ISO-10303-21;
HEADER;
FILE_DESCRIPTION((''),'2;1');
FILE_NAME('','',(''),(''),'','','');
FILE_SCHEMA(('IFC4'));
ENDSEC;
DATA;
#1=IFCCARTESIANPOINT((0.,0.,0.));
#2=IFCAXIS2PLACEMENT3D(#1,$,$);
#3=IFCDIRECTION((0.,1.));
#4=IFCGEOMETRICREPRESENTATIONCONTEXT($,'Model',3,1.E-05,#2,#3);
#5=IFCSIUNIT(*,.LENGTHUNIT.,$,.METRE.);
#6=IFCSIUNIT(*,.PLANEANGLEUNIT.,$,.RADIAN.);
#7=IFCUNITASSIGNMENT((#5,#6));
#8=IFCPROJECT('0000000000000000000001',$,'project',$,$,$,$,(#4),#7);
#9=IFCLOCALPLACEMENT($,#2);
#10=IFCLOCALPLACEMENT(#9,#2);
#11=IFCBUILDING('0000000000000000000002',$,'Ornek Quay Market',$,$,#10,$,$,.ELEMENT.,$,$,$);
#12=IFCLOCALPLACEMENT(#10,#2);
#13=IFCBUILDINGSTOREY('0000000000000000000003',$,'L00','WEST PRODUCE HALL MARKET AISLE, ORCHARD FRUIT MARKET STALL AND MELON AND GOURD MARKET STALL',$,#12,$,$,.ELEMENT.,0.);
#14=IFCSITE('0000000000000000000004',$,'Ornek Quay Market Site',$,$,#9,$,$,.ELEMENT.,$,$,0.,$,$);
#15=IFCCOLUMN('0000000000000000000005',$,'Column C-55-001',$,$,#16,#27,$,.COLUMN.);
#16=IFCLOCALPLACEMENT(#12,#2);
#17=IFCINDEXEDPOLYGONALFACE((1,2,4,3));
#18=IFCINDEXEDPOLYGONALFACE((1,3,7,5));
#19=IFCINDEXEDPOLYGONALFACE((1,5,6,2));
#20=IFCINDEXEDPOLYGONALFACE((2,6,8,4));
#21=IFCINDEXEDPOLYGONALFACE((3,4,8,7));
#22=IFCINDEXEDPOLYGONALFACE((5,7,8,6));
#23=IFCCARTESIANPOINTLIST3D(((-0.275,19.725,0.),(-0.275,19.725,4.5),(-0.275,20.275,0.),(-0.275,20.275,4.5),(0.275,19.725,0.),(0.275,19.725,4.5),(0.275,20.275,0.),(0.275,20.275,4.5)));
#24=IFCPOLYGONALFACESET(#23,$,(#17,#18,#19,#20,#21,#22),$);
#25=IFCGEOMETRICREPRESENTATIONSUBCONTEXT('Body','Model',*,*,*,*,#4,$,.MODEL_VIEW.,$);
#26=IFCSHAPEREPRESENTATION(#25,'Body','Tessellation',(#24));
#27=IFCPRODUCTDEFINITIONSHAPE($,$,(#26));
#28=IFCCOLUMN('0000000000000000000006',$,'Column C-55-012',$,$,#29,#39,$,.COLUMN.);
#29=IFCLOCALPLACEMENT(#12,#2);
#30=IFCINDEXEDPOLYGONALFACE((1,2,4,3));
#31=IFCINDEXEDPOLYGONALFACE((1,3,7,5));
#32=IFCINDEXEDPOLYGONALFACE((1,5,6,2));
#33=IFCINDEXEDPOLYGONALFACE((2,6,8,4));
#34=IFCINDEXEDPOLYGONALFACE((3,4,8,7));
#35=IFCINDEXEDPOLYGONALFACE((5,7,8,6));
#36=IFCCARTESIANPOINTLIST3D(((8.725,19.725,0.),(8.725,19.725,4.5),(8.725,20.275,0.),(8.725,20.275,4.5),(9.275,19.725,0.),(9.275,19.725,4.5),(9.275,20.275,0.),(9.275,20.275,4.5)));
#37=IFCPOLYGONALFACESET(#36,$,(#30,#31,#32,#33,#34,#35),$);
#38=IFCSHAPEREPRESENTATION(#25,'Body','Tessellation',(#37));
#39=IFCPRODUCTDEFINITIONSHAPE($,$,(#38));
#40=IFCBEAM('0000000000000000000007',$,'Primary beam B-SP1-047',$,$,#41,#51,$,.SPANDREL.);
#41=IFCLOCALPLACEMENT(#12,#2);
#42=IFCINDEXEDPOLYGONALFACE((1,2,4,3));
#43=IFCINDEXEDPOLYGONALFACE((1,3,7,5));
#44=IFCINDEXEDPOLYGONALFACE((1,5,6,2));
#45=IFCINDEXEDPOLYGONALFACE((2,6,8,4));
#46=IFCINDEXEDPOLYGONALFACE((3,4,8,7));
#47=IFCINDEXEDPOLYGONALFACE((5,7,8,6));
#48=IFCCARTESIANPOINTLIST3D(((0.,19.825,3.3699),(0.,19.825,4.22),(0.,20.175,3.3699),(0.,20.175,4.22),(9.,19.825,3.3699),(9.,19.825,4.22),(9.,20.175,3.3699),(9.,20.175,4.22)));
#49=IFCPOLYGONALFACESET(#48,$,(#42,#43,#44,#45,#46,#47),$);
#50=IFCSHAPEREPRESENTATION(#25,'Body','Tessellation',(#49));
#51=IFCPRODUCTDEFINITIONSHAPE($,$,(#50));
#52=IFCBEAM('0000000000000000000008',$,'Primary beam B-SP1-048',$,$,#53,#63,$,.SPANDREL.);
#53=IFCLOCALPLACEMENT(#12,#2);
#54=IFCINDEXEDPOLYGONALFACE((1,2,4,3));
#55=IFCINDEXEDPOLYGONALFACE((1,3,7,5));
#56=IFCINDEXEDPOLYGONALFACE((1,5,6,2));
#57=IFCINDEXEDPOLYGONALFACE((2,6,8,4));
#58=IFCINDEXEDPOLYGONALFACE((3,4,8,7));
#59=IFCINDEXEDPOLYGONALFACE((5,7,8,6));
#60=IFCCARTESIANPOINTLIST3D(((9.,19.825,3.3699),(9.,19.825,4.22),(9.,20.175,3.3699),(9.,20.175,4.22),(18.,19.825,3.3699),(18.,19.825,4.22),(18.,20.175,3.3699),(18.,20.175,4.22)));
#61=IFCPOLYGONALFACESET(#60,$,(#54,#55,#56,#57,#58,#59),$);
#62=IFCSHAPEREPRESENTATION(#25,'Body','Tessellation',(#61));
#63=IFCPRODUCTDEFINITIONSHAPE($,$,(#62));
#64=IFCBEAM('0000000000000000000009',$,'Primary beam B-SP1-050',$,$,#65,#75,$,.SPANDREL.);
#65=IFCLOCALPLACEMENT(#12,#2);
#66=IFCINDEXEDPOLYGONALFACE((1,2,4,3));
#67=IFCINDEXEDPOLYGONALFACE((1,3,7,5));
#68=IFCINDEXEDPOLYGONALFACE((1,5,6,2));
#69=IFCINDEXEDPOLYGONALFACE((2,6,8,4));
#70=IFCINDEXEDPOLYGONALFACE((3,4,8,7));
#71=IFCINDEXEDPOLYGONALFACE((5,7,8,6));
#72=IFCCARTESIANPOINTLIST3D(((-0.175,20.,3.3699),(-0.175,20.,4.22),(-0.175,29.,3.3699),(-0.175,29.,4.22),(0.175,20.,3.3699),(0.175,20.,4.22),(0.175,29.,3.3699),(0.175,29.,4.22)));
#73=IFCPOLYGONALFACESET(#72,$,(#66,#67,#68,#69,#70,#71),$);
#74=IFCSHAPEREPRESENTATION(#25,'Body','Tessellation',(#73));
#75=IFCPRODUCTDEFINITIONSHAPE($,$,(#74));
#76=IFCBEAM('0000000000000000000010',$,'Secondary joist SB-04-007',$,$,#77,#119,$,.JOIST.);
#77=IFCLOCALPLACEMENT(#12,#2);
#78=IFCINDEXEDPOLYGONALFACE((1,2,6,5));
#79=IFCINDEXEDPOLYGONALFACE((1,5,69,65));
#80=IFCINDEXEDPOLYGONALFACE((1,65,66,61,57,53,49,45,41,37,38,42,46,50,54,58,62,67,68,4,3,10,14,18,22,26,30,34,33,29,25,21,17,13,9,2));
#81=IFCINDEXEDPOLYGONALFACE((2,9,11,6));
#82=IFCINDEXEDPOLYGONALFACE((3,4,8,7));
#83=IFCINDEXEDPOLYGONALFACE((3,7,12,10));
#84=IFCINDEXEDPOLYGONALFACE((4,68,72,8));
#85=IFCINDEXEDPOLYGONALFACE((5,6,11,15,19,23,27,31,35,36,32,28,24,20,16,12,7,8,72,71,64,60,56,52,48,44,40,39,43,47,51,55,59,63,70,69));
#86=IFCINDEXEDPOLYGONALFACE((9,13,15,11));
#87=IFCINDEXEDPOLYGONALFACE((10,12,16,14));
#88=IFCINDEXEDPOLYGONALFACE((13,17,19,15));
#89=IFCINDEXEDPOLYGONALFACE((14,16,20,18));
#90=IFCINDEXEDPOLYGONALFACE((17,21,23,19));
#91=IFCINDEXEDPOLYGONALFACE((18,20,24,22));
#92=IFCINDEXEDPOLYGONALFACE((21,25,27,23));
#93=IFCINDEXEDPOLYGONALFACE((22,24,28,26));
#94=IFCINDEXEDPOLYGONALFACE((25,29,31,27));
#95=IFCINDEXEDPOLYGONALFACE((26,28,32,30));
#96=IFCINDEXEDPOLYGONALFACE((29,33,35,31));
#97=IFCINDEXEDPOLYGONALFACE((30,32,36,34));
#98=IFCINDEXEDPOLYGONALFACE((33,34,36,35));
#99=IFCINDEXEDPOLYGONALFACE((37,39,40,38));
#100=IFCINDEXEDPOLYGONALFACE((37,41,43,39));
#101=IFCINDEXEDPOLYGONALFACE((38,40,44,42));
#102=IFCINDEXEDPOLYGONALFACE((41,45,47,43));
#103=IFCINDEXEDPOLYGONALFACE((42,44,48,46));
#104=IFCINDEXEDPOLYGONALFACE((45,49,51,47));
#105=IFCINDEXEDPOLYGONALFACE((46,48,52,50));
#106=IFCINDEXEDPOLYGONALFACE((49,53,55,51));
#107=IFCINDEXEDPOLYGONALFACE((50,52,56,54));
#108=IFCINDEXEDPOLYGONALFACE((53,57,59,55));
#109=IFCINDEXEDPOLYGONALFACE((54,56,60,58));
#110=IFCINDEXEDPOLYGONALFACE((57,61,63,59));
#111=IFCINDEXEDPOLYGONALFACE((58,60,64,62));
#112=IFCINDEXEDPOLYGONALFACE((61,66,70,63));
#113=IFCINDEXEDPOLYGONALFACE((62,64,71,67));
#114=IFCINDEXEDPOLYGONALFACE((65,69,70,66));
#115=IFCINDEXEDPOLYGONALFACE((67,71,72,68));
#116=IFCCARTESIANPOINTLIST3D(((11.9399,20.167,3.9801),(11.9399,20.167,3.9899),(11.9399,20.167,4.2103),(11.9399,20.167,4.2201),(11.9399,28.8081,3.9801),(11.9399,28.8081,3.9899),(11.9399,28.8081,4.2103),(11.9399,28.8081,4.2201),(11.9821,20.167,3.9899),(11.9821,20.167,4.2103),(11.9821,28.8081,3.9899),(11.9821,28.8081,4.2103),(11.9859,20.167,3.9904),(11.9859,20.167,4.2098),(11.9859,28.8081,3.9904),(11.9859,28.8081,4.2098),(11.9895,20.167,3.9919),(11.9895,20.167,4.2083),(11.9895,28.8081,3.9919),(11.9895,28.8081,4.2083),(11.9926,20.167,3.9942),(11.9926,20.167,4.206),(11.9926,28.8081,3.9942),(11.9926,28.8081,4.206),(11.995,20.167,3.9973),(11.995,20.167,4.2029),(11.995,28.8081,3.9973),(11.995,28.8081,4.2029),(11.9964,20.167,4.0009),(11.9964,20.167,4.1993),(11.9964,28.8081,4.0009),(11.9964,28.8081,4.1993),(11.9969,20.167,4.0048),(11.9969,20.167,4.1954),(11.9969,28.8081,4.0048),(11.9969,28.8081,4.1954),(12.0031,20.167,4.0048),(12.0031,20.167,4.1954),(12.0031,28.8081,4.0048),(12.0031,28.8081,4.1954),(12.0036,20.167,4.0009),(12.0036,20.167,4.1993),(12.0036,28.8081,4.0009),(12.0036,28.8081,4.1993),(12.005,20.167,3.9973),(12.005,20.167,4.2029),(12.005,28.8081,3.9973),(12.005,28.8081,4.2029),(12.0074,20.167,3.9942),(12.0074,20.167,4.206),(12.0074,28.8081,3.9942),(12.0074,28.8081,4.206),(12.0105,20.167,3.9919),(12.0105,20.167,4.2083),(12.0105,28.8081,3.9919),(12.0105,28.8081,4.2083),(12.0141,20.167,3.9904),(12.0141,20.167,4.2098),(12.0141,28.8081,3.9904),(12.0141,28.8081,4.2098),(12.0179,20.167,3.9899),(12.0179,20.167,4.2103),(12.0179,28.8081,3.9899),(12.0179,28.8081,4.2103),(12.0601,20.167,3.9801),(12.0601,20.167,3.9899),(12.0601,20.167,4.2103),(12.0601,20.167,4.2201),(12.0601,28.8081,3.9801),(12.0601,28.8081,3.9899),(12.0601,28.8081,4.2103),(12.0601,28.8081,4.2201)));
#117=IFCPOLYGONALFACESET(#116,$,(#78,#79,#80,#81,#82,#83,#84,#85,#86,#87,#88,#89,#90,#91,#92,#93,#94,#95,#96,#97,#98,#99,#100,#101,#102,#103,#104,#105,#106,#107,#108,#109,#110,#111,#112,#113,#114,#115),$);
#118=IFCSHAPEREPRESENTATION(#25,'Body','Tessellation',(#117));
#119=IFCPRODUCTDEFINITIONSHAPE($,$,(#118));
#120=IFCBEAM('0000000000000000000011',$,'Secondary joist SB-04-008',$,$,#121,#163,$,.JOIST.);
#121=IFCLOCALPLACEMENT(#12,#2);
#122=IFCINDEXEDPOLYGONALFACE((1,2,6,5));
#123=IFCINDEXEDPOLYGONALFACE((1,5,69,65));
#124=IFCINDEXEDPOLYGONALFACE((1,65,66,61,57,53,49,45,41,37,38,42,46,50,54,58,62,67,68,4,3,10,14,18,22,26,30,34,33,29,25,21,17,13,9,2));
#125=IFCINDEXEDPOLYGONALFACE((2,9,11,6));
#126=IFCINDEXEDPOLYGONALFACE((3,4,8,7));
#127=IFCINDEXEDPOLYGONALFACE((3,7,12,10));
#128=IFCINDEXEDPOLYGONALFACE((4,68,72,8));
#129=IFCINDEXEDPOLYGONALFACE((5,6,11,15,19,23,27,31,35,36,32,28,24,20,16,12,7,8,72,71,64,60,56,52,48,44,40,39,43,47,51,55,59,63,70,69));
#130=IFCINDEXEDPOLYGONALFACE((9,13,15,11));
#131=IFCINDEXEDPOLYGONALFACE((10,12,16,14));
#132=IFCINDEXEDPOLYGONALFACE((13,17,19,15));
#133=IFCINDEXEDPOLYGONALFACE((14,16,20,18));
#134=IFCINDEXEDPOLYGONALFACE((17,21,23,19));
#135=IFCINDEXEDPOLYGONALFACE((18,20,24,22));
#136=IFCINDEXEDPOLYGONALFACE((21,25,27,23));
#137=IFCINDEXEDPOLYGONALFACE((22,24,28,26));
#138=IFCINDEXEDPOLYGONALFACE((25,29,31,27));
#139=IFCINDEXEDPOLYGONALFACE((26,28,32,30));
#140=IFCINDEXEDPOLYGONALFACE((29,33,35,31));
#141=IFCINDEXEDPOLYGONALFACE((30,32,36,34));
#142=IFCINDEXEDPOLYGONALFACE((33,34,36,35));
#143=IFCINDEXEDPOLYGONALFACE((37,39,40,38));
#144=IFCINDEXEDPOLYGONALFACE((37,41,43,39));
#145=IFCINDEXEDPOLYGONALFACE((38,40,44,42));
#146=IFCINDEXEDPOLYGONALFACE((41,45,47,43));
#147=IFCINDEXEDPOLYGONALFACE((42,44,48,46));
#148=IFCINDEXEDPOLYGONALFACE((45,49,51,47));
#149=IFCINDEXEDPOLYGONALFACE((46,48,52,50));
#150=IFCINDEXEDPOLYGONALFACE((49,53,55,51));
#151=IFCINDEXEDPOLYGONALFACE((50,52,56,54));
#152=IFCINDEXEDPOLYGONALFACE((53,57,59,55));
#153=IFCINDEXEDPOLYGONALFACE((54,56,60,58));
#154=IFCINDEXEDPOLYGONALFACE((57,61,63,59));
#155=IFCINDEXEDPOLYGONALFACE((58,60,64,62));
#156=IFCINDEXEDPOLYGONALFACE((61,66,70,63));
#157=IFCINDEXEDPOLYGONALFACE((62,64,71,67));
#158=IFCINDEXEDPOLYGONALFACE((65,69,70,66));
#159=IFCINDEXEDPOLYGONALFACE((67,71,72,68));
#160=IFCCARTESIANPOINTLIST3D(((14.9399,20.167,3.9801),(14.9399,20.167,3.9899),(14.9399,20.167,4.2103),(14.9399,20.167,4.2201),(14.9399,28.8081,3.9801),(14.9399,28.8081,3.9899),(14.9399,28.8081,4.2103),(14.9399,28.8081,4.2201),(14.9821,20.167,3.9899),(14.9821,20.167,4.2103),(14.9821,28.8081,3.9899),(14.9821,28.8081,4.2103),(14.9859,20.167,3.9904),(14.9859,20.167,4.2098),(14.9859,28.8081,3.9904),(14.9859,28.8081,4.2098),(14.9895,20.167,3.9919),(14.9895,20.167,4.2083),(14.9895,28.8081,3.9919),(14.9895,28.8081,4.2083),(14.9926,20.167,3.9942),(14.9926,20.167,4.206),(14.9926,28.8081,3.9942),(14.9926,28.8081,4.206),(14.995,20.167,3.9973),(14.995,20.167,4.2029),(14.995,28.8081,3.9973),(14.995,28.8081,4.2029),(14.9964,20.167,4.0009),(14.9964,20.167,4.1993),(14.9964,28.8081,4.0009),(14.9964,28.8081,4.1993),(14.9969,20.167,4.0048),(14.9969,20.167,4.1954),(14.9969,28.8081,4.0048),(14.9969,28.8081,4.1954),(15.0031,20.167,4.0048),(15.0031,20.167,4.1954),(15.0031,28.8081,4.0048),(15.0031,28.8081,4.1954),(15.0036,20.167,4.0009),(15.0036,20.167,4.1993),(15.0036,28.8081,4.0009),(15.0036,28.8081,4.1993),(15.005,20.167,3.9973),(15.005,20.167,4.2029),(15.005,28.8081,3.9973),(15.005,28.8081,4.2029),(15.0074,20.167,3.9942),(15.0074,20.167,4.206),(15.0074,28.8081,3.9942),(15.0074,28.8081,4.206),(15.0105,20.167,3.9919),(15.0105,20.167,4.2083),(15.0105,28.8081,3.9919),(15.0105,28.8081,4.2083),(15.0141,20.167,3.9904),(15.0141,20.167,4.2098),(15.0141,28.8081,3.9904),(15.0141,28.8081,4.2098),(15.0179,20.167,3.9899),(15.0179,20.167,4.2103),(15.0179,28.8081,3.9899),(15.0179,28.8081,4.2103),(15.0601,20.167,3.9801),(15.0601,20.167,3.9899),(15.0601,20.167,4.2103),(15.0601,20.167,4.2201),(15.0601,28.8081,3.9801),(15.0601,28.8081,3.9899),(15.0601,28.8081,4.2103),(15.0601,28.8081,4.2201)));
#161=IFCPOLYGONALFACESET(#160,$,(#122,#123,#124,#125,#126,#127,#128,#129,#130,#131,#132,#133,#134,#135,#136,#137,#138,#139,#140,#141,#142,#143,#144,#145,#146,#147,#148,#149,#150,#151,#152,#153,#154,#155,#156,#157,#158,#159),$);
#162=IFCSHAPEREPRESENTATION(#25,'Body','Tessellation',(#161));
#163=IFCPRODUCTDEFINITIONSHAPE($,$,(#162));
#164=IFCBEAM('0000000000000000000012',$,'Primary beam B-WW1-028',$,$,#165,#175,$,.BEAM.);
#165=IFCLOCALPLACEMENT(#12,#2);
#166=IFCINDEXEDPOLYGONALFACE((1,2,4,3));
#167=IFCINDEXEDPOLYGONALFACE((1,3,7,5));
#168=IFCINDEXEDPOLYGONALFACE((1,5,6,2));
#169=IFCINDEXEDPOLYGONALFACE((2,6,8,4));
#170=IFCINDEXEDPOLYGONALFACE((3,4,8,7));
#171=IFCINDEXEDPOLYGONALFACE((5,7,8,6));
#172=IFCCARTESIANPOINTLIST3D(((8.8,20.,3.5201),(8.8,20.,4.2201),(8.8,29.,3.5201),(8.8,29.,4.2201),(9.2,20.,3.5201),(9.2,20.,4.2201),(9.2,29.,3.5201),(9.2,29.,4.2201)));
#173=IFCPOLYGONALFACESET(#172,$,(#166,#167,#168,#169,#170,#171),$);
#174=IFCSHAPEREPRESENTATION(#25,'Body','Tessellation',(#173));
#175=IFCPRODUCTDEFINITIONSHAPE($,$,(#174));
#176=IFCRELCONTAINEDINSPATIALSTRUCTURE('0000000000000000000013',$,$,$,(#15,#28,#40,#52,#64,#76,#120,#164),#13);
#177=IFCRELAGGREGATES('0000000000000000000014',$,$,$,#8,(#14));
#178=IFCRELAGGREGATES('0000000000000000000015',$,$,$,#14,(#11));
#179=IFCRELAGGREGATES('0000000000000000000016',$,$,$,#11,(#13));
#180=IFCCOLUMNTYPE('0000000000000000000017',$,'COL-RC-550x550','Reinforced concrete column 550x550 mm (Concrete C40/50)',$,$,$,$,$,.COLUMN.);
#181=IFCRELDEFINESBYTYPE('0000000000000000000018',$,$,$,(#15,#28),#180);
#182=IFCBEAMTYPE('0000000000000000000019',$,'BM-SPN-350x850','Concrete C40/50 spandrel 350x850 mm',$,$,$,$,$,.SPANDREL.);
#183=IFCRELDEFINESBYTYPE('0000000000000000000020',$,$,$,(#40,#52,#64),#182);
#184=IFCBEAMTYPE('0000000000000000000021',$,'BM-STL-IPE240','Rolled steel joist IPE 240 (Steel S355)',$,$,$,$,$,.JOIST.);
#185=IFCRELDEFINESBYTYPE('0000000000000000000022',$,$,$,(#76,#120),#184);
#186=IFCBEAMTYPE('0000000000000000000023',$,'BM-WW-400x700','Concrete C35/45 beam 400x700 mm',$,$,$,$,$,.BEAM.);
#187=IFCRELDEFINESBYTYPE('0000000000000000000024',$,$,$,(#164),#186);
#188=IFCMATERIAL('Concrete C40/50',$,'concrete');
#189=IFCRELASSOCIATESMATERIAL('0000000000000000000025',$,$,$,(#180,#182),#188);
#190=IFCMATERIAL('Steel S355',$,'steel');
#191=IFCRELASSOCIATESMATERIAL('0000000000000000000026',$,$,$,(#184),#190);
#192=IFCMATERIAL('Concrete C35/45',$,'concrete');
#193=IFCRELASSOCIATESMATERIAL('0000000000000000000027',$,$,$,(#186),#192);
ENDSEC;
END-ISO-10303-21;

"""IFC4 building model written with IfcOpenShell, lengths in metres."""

from ifc_helpers import new_model, si_unit, direction, frame, origin, origin_2d, place, context, subcontext, project, spatial, rectangle, i_section, extrude, material, material_profile, profile_set, type_object, element, save


model = new_model("IFC4")

# Units and contexts
model_context = context("Model", 3, precision=1e-05, world=origin(), true_north=direction((0.0, 1.0)))
body_context = subcontext(model_context, "Body", "Model", "MODEL_VIEW")
ifc_project = project(units=[si_unit("LENGTHUNIT", "METRE"), si_unit("PLANEANGLEUNIT", "RADIAN")], contexts=[model_context])

# Site, building, storey
site_placement = place(None, origin())
site = spatial("IfcSite", under=ifc_project, at=site_placement, Name="Ornek Quay Market Site", CompositionType="ELEMENT", RefElevation=0.0)
building_placement = place(site_placement, origin())
building = spatial("IfcBuilding", under=site, at=building_placement, Name="Ornek Quay Market", CompositionType="ELEMENT")
storey_placement = place(building_placement, origin())
storey = spatial("IfcBuildingStorey", under=building, at=storey_placement, Name="L00", Description="WEST PRODUCE HALL MARKET AISLE, ORCHARD FRUIT MARKET STALL AND MELON AND GOURD MARKET STALL", CompositionType="ELEMENT", Elevation=0.0)

# Columns
ifc_material_1 = material(Name="Concrete C40/50", Category="concrete")
ifc_material_profile_1 = material_profile(ifc_material_1, rectangle(XDim=0.55, YDim=0.55, at=origin_2d()), Name="RC 550x550", Category="concrete")
ifc_profile_set_1 = profile_set([ifc_material_profile_1], Name="Concrete C40/50")
column_type = type_object("IfcColumnType", Name="COL-RC-550x550", Description="Reinforced concrete column 550x550 mm (Concrete C40/50)", PredefinedType="COLUMN", material=ifc_profile_set_1)
for number, where, z_axis, x_axis, name in (
    (1, (0.0, 20.0, 0.0), (0.0, 0.0, 1.0), (1.0, 0.0, 0.0), "Column C-55-001"),
    (2, (9.0, 20.0, 0.0), (0.0, 0.0, 1.0), (1.0, 0.0, 0.0), "Column C-55-012"),
):
    element("IfcColumn", number, at=place(storey_placement, frame(where, z_axis=z_axis, x_axis=x_axis)), inside=storey, type_object=column_type, Name=name, PredefinedType="COLUMN", context=body_context, shape_type="SweptSolid", body=[
        extrude(rectangle(XDim=0.55, YDim=0.55, at=origin_2d()), origin(), (0.0, 0.0, 1.0), 4.5),
    ])

# Beams
ifc_material_profile_2 = material_profile(ifc_material_1, rectangle(XDim=0.3501, YDim=0.8501, at=origin_2d()), Name="RC 350x850", Category="concrete")
ifc_profile_set_2 = profile_set([ifc_material_profile_2], Name="Concrete C40/50")
beam_type_1 = type_object("IfcBeamType", Name="BM-SPN-350x850", Description="Concrete C40/50 spandrel 350x850 mm", PredefinedType="SPANDREL", material=ifc_profile_set_2)
for number, where, z_axis, x_axis, name in (
    (3, (0.0, 20.0, 3.7949), (1.0, 0.0, 0.0), (0.0, 1.0, 0.0), "Primary beam B-SP1-047"),
    (4, (9.0, 20.0, 3.7949), (1.0, 0.0, 0.0), (0.0, 1.0, 0.0), "Primary beam B-SP1-048"),
    (5, (0.0, 20.0, 3.7949), (0.0, 1.0, 0.0), (-1.0, 0.0, 0.0), "Primary beam B-SP1-050"),
):
    element("IfcBeam", number, at=place(storey_placement, frame(where, z_axis=z_axis, x_axis=x_axis)), inside=storey, type_object=beam_type_1, Name=name, PredefinedType="SPANDREL", context=body_context, shape_type="SweptSolid", body=[
        extrude(rectangle(XDim=0.3501, YDim=0.8501, at=origin_2d()), origin(), (0.0, 0.0, 1.0), 9.0),
    ])
ifc_material_2 = material(Name="Steel S355", Category="steel")
ifc_material_profile_3 = material_profile(ifc_material_2, i_section(OverallWidth=0.1201, OverallDepth=0.24, WebThickness=0.0061, FlangeThickness=0.0098, FilletRadius=0.0149, at=origin_2d()), Name="IPE 240", Category="steel")
ifc_profile_set_3 = profile_set([ifc_material_profile_3], Name="Steel S355")
beam_type_2 = type_object("IfcBeamType", Name="BM-STL-IPE240", Description="Rolled steel joist IPE 240 (Steel S355)", PredefinedType="JOIST", material=ifc_profile_set_3)
for number, where, z_axis, x_axis, name in (
    (6, (12.0, 20.167, 4.1001), (0.0, 1.0, 0.0), (-1.0, 0.0, 0.0), "Secondary joist SB-04-007"),
    (7, (15.0, 20.167, 4.1001), (0.0, 1.0, 0.0), (-1.0, 0.0, 0.0), "Secondary joist SB-04-008"),
):
    element("IfcBeam", number, at=place(storey_placement, frame(where, z_axis=z_axis, x_axis=x_axis)), inside=storey, type_object=beam_type_2, Name=name, PredefinedType="JOIST", context=body_context, shape_type="SweptSolid", body=[
        extrude(i_section(OverallWidth=0.1201, OverallDepth=0.24, WebThickness=0.0061, FlangeThickness=0.0098, FilletRadius=0.0149, at=origin_2d()), origin(), (0.0, 0.0, 1.0), 8.6411),
    ])
ifc_material_3 = material(Name="Concrete C35/45", Category="concrete")
ifc_material_profile_4 = material_profile(ifc_material_3, rectangle(XDim=0.3999, YDim=0.7, at=origin_2d()), Name="RC 400x700", Category="concrete")
ifc_profile_set_4 = profile_set([ifc_material_profile_4], Name="Concrete C35/45")
beam_type_3 = type_object("IfcBeamType", Name="BM-WW-400x700", Description="Concrete C35/45 beam 400x700 mm", PredefinedType="BEAM", material=ifc_profile_set_4)
beam_placement = place(storey_placement, frame((9.0, 20.0, 3.8701), z_axis=(0.0, 1.0, 0.0), x_axis=(-1.0, 0.0, 0.0)))
element("IfcBeam", 8, at=beam_placement, inside=storey, type_object=beam_type_3, Name="Primary beam B-WW1-028", PredefinedType="BEAM", context=body_context, shape_type="SweptSolid", body=[
    extrude(rectangle(XDim=0.3999, YDim=0.7, at=origin_2d()), origin(), (0.0, 0.0, 1.0), 9.0),
])

save(model, "model.ifc")
